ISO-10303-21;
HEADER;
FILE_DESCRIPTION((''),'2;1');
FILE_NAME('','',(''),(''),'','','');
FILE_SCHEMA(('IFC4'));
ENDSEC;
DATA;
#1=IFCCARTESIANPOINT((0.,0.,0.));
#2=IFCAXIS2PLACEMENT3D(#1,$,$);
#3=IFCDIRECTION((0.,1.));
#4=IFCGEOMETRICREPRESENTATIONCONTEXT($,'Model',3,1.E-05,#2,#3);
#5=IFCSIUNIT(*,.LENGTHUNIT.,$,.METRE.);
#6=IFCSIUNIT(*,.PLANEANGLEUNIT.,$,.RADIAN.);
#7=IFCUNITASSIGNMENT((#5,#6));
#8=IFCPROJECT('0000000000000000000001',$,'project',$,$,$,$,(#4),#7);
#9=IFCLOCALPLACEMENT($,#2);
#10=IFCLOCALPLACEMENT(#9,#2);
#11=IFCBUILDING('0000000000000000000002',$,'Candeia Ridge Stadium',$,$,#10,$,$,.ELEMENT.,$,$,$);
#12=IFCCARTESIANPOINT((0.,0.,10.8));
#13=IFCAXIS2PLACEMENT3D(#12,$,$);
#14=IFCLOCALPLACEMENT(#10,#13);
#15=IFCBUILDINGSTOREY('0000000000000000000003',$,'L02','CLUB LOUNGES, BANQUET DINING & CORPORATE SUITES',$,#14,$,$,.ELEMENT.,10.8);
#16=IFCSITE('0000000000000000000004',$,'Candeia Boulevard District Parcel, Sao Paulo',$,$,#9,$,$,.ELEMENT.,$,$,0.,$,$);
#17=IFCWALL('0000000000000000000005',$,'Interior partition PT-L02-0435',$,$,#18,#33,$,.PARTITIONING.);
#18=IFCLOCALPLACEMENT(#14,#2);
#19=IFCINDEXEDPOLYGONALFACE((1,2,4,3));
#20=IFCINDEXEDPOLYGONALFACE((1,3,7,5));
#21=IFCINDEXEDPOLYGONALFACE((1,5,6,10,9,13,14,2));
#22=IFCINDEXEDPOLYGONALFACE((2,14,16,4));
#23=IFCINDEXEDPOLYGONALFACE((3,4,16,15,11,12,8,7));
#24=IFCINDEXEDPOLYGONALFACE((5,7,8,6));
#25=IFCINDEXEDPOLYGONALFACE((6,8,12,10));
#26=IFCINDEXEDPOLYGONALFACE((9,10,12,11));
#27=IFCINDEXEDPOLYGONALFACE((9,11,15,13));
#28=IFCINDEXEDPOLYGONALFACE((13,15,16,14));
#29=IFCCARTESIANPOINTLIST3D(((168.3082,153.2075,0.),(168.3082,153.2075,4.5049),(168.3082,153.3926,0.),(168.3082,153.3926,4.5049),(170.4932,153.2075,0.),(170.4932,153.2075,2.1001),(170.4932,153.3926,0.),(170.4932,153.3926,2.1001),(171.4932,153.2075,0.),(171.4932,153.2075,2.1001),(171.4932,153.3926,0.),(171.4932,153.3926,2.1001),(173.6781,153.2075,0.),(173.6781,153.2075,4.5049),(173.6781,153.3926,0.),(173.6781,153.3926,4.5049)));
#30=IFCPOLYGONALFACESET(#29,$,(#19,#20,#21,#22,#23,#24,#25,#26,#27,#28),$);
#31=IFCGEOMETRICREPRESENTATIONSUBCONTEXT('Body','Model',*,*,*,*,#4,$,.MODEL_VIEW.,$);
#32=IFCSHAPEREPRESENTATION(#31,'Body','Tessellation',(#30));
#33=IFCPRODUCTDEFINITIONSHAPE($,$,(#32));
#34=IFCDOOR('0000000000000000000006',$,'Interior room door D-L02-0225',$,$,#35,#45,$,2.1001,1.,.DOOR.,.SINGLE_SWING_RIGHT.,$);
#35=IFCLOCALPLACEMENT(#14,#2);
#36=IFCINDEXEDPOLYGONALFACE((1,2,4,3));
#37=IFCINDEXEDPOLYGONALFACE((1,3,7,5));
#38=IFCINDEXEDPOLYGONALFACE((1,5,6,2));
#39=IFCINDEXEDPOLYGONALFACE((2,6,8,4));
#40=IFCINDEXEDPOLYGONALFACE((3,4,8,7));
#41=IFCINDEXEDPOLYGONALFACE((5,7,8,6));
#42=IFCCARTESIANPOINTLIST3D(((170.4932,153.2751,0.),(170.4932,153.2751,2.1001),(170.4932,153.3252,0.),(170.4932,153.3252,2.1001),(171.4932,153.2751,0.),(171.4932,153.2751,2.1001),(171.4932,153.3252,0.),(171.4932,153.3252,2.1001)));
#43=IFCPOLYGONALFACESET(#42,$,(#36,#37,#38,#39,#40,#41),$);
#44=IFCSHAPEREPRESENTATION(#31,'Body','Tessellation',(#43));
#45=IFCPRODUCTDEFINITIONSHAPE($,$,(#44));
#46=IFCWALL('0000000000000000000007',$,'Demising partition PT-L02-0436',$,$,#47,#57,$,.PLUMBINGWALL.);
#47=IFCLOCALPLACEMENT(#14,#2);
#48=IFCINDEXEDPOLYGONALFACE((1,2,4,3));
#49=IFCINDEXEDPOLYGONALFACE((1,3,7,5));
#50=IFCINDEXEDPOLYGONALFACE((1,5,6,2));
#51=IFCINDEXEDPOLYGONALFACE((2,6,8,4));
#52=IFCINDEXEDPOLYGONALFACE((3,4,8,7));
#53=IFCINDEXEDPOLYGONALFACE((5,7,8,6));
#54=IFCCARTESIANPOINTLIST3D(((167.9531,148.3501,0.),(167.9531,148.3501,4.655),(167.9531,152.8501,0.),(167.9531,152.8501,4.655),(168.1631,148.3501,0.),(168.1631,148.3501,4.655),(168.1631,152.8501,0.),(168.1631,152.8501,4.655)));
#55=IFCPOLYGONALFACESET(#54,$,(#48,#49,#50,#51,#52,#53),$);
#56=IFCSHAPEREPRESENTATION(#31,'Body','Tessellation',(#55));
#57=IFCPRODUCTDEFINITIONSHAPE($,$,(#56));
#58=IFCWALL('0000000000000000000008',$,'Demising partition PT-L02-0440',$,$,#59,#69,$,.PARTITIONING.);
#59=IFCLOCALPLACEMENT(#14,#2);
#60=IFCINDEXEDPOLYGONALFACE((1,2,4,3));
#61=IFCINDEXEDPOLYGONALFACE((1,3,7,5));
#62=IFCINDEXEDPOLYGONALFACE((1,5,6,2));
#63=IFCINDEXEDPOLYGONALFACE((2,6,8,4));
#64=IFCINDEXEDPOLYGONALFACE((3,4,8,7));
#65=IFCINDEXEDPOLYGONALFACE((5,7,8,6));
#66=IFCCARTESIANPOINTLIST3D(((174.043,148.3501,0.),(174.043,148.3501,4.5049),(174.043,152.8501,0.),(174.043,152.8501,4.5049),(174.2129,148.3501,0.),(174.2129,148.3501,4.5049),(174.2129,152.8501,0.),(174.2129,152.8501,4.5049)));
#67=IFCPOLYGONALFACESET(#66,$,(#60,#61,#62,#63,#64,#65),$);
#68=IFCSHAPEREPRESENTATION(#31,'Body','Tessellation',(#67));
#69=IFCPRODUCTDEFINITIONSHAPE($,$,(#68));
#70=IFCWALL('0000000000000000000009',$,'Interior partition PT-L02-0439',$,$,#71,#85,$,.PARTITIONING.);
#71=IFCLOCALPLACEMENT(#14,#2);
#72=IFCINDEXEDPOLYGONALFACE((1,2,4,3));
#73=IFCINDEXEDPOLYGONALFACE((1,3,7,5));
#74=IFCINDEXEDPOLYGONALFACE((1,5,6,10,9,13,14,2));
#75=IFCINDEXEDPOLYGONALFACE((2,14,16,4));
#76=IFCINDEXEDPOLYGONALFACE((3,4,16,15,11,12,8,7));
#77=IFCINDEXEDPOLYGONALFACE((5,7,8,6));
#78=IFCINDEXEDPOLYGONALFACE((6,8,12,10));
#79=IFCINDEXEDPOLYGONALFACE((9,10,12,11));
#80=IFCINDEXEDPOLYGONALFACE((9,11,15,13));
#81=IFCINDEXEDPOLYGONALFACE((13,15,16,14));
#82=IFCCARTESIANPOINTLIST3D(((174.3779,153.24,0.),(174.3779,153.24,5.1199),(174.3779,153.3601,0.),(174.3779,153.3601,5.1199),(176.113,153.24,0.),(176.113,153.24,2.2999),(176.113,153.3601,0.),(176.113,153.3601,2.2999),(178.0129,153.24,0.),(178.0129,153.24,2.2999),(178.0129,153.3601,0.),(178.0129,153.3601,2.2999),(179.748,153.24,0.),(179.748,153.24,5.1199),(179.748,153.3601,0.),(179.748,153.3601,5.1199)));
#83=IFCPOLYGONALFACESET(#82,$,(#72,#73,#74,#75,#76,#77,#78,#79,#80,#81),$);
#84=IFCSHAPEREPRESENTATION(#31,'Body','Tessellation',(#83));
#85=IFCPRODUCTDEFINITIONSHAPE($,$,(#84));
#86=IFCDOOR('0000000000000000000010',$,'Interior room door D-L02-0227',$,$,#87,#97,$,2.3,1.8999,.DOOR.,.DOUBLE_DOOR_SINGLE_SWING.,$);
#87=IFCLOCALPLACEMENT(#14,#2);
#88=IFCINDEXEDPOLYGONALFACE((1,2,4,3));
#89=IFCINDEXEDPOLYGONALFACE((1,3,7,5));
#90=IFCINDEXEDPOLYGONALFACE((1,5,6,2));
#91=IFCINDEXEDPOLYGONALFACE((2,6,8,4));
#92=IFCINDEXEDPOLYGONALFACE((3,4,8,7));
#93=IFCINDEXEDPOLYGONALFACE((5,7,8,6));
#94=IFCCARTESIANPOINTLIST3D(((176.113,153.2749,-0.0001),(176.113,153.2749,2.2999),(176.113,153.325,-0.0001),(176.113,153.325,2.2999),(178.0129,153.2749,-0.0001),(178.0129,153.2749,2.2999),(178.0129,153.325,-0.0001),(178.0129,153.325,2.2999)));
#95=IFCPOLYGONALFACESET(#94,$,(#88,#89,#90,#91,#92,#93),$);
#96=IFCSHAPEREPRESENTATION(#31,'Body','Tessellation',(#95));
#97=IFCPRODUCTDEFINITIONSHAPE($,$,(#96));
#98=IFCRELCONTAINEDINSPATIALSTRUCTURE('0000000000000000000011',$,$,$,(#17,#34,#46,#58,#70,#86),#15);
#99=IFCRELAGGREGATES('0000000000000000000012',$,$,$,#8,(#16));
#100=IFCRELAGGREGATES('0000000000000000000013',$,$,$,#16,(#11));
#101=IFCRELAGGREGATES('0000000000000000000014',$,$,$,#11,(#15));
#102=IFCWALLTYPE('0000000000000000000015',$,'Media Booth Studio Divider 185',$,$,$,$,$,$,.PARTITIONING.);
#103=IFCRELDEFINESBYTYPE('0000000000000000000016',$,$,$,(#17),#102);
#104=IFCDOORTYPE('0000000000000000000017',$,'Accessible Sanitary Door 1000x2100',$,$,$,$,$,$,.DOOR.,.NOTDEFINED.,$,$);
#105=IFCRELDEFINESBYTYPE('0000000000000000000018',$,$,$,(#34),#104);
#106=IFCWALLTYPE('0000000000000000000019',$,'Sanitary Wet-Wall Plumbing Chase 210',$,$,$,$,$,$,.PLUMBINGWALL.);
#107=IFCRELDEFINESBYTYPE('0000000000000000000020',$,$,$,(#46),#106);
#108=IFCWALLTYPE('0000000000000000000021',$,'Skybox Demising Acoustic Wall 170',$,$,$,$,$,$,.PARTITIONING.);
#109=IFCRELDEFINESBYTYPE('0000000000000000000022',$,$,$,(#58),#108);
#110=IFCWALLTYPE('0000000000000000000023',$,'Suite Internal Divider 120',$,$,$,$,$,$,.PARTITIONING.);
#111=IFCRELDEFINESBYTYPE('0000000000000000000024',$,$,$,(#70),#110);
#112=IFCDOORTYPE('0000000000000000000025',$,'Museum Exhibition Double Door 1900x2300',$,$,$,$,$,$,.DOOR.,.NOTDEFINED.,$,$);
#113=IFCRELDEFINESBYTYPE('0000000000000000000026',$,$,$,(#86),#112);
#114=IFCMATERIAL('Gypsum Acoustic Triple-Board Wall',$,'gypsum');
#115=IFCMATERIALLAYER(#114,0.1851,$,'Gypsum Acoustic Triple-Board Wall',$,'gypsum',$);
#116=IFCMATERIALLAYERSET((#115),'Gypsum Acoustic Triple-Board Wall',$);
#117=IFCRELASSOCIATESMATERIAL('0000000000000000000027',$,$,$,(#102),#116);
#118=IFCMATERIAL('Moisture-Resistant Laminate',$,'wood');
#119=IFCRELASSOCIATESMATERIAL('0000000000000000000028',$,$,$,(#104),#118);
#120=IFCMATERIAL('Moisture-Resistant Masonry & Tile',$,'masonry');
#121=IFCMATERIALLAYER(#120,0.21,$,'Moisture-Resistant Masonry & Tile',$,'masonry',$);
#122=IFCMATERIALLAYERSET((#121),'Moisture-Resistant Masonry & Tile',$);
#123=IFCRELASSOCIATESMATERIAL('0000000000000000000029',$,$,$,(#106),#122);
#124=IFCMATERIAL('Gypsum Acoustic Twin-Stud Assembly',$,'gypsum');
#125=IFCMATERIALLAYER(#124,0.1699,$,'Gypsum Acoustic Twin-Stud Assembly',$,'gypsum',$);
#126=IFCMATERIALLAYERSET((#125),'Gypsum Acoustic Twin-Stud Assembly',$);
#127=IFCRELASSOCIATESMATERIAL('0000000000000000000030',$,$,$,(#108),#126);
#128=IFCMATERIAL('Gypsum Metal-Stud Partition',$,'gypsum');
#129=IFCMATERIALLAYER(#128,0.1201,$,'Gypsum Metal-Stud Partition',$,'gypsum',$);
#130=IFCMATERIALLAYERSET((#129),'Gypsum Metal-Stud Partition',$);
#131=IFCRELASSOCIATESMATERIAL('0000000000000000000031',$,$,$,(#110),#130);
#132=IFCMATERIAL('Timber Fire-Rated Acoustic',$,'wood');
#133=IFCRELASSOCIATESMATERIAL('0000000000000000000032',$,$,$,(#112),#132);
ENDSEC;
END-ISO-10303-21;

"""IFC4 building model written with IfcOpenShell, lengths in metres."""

from ifc_helpers import new_model, si_unit, direction, frame, frame_2d, origin, place, context, subcontext, project, spatial, rectangle, extrude, material, layer, layer_set, type_object, element, fill, save


model = new_model("IFC4")

# Units and contexts
model_context = context("Model", 3, precision=1e-05, world=origin(), true_north=direction((0.0, 1.0)))
body_context = subcontext(model_context, "Body", "Model", "MODEL_VIEW")
ifc_project = project(units=[si_unit("LENGTHUNIT", "METRE"), si_unit("PLANEANGLEUNIT", "RADIAN")], contexts=[model_context])

# Site, building, storey
site_placement = place(None, origin())
site = spatial("IfcSite", under=ifc_project, at=site_placement, Name="Candeia Boulevard District Parcel, Sao Paulo", CompositionType="ELEMENT", RefElevation=0.0)
building_placement = place(site_placement, origin())
building = spatial("IfcBuilding", under=site, at=building_placement, Name="Candeia Ridge Stadium", CompositionType="ELEMENT")
storey_placement = place(building_placement, frame((0.0, 0.0, 10.8)))
storey = spatial("IfcBuildingStorey", under=building, at=storey_placement, Name="L02", Description="CLUB LOUNGES, BANQUET DINING & CORPORATE SUITES", CompositionType="ELEMENT", Elevation=10.8)

# Shared definitions
ifc_material_1 = material(Name="Gypsum Acoustic Twin-Stud Assembly", Category="gypsum")

# Wall, opening, door
ifc_material_2 = material(Name="Gypsum Acoustic Triple-Board Wall", Category="gypsum")
ifc_layer_1 = layer(ifc_material_2, 0.1851, Name="Gypsum Acoustic Triple-Board Wall", Category="gypsum")
ifc_layer_set_1 = layer_set([ifc_layer_1], Name="Gypsum Acoustic Triple-Board Wall")
wall_type_1 = type_object("IfcWallType", Name="Media Booth Studio Divider 185", PredefinedType="PARTITIONING", material=ifc_layer_set_1)
wall_1_placement = place(storey_placement, frame((168.3081, 153.3, 0.0), z_axis=(0.0, 0.0, 1.0), x_axis=(1.0, 0.0, 0.0)))
wall_1 = element("IfcWall", 1, at=wall_1_placement, inside=storey, type_object=wall_type_1, Name="Interior partition PT-L02-0435", PredefinedType="PARTITIONING", context=body_context, shape_type="SweptSolid", body=[
    extrude(rectangle(XDim=5.3699, YDim=0.1851, at=frame_2d((2.6851, 0.0))), origin(), (0.0, 0.0, 1.0), 4.5049),
])
opening_1_placement = place(wall_1_placement, frame((2.1851, 0.0, 0.0)))
opening_1 = element("IfcOpeningElement", 2, at=opening_1_placement, cuts=wall_1, PredefinedType="OPENING", context=body_context, shape_type="SweptSolid", body=[
    extrude(rectangle(XDim=1.0, YDim=2.1001, at=frame_2d((0.5, 1.05))), frame((0.0, 0.1025, 0.0), z_axis=(0.0, -1.0, 0.0), x_axis=(1.0, 0.0, 0.0)), (0.0, 0.0, 1.0), 0.2051),
])
ifc_material_3 = material(Name="Moisture-Resistant Laminate", Category="wood")
door_type_1 = type_object("IfcDoorType", Name="Accessible Sanitary Door 1000x2100", OperationType="NOTDEFINED", PredefinedType="DOOR", material=ifc_material_3)
door_1_placement = place(opening_1_placement, frame((1.0, 0.0, 0.0), z_axis=(0.0, 0.0, 1.0), x_axis=(-1.0, 0.0, 0.0)))
door_1 = element("IfcDoor", 3, at=door_1_placement, inside=storey, type_object=door_type_1, Name="Interior room door D-L02-0225", OperationType="SINGLE_SWING_RIGHT", OverallHeight=2.1001, OverallWidth=1.0, PredefinedType="DOOR", context=body_context, shape_type="SweptSolid", body=[
    extrude(rectangle(XDim=1.0, YDim=2.1001, at=frame_2d((0.5, 1.05))), frame((0.0, 0.0249, 0.0), z_axis=(0.0, -1.0, 0.0), x_axis=(1.0, 0.0, 0.0)), (0.0, 0.0, 1.0), 0.05),
])
fill(opening_1, door_1)

# Walls
ifc_material_4 = material(Name="Moisture-Resistant Masonry & Tile", Category="masonry")
ifc_layer_2 = layer(ifc_material_4, 0.21, Name="Moisture-Resistant Masonry & Tile", Category="masonry")
ifc_layer_set_2 = layer_set([ifc_layer_2], Name="Moisture-Resistant Masonry & Tile")
wall_type_2 = type_object("IfcWallType", Name="Sanitary Wet-Wall Plumbing Chase 210", PredefinedType="PLUMBINGWALL", material=ifc_layer_set_2)
wall_2_placement = place(storey_placement, frame((168.0581, 148.3501, 0.0), z_axis=(0.0, 0.0, 1.0), x_axis=(0.0, 1.0, 0.0)))
element("IfcWall", 4, at=wall_2_placement, inside=storey, type_object=wall_type_2, Name="Demising partition PT-L02-0436", PredefinedType="PLUMBINGWALL", context=body_context, shape_type="SweptSolid", body=[
    extrude(rectangle(XDim=4.5, YDim=0.21, at=frame_2d((2.25, 0.0))), origin(), (0.0, 0.0, 1.0), 4.655),
])
ifc_layer_3 = layer(ifc_material_1, 0.1699, Name="Gypsum Acoustic Twin-Stud Assembly", Category="gypsum")
ifc_layer_set_3 = layer_set([ifc_layer_3], Name="Gypsum Acoustic Twin-Stud Assembly")
wall_type_3 = type_object("IfcWallType", Name="Skybox Demising Acoustic Wall 170", PredefinedType="PARTITIONING", material=ifc_layer_set_3)
wall_3_placement = place(storey_placement, frame((174.1279, 148.3501, 0.0), z_axis=(0.0, 0.0, 1.0), x_axis=(0.0, 1.0, 0.0)))
element("IfcWall", 5, at=wall_3_placement, inside=storey, type_object=wall_type_3, Name="Demising partition PT-L02-0440", PredefinedType="PARTITIONING", context=body_context, shape_type="SweptSolid", body=[
    extrude(rectangle(XDim=4.5, YDim=0.1699, at=frame_2d((2.25, 0.0))), origin(), (0.0, 0.0, 1.0), 4.5049),
])

# Wall, opening, door
ifc_material_5 = material(Name="Gypsum Metal-Stud Partition", Category="gypsum")
ifc_layer_4 = layer(ifc_material_5, 0.1201, Name="Gypsum Metal-Stud Partition", Category="gypsum")
ifc_layer_set_4 = layer_set([ifc_layer_4], Name="Gypsum Metal-Stud Partition")
wall_type_4 = type_object("IfcWallType", Name="Suite Internal Divider 120", PredefinedType="PARTITIONING", material=ifc_layer_set_4)
wall_4_placement = place(storey_placement, frame((174.3779, 153.3, 0.0), z_axis=(0.0, 0.0, 1.0), x_axis=(1.0, 0.0, 0.0)))
wall_4 = element("IfcWall", 6, at=wall_4_placement, inside=storey, type_object=wall_type_4, Name="Interior partition PT-L02-0439", PredefinedType="PARTITIONING", context=body_context, shape_type="SweptSolid", body=[
    extrude(rectangle(XDim=5.3701, YDim=0.1201, at=frame_2d((2.6851, 0.0))), origin(), (0.0, 0.0, 1.0), 5.1199),
])
opening_2_placement = place(wall_4_placement, frame((1.7351, 0.0, 0.0)))
opening_2 = element("IfcOpeningElement", 7, at=opening_2_placement, cuts=wall_4, PredefinedType="OPENING", context=body_context, shape_type="SweptSolid", body=[
    extrude(rectangle(XDim=1.8999, YDim=2.3, at=frame_2d((0.95, 1.1499))), frame((0.0, 0.0701, 0.0), z_axis=(0.0, -1.0, 0.0), x_axis=(1.0, 0.0, 0.0)), (0.0, 0.0, 1.0), 0.1401),
])
ifc_material_6 = material(Name="Timber Fire-Rated Acoustic", Category="wood")
door_type_2 = type_object("IfcDoorType", Name="Museum Exhibition Double Door 1900x2300", OperationType="NOTDEFINED", PredefinedType="DOOR", material=ifc_material_6)
door_2_placement = place(opening_2_placement, origin())
door_2 = element("IfcDoor", 8, at=door_2_placement, inside=storey, type_object=door_type_2, Name="Interior room door D-L02-0227", OperationType="DOUBLE_DOOR_SINGLE_SWING", OverallHeight=2.3, OverallWidth=1.8999, PredefinedType="DOOR", context=body_context, shape_type="SweptSolid", body=[
    extrude(rectangle(XDim=1.8999, YDim=2.3, at=frame_2d((0.95, 1.1499))), frame((0.0, 0.0249, 0.0), z_axis=(0.0, -1.0, 0.0), x_axis=(1.0, 0.0, 0.0)), (0.0, 0.0, 1.0), 0.05),
])
fill(opening_2, door_2)

save(model, "model.ifc")
